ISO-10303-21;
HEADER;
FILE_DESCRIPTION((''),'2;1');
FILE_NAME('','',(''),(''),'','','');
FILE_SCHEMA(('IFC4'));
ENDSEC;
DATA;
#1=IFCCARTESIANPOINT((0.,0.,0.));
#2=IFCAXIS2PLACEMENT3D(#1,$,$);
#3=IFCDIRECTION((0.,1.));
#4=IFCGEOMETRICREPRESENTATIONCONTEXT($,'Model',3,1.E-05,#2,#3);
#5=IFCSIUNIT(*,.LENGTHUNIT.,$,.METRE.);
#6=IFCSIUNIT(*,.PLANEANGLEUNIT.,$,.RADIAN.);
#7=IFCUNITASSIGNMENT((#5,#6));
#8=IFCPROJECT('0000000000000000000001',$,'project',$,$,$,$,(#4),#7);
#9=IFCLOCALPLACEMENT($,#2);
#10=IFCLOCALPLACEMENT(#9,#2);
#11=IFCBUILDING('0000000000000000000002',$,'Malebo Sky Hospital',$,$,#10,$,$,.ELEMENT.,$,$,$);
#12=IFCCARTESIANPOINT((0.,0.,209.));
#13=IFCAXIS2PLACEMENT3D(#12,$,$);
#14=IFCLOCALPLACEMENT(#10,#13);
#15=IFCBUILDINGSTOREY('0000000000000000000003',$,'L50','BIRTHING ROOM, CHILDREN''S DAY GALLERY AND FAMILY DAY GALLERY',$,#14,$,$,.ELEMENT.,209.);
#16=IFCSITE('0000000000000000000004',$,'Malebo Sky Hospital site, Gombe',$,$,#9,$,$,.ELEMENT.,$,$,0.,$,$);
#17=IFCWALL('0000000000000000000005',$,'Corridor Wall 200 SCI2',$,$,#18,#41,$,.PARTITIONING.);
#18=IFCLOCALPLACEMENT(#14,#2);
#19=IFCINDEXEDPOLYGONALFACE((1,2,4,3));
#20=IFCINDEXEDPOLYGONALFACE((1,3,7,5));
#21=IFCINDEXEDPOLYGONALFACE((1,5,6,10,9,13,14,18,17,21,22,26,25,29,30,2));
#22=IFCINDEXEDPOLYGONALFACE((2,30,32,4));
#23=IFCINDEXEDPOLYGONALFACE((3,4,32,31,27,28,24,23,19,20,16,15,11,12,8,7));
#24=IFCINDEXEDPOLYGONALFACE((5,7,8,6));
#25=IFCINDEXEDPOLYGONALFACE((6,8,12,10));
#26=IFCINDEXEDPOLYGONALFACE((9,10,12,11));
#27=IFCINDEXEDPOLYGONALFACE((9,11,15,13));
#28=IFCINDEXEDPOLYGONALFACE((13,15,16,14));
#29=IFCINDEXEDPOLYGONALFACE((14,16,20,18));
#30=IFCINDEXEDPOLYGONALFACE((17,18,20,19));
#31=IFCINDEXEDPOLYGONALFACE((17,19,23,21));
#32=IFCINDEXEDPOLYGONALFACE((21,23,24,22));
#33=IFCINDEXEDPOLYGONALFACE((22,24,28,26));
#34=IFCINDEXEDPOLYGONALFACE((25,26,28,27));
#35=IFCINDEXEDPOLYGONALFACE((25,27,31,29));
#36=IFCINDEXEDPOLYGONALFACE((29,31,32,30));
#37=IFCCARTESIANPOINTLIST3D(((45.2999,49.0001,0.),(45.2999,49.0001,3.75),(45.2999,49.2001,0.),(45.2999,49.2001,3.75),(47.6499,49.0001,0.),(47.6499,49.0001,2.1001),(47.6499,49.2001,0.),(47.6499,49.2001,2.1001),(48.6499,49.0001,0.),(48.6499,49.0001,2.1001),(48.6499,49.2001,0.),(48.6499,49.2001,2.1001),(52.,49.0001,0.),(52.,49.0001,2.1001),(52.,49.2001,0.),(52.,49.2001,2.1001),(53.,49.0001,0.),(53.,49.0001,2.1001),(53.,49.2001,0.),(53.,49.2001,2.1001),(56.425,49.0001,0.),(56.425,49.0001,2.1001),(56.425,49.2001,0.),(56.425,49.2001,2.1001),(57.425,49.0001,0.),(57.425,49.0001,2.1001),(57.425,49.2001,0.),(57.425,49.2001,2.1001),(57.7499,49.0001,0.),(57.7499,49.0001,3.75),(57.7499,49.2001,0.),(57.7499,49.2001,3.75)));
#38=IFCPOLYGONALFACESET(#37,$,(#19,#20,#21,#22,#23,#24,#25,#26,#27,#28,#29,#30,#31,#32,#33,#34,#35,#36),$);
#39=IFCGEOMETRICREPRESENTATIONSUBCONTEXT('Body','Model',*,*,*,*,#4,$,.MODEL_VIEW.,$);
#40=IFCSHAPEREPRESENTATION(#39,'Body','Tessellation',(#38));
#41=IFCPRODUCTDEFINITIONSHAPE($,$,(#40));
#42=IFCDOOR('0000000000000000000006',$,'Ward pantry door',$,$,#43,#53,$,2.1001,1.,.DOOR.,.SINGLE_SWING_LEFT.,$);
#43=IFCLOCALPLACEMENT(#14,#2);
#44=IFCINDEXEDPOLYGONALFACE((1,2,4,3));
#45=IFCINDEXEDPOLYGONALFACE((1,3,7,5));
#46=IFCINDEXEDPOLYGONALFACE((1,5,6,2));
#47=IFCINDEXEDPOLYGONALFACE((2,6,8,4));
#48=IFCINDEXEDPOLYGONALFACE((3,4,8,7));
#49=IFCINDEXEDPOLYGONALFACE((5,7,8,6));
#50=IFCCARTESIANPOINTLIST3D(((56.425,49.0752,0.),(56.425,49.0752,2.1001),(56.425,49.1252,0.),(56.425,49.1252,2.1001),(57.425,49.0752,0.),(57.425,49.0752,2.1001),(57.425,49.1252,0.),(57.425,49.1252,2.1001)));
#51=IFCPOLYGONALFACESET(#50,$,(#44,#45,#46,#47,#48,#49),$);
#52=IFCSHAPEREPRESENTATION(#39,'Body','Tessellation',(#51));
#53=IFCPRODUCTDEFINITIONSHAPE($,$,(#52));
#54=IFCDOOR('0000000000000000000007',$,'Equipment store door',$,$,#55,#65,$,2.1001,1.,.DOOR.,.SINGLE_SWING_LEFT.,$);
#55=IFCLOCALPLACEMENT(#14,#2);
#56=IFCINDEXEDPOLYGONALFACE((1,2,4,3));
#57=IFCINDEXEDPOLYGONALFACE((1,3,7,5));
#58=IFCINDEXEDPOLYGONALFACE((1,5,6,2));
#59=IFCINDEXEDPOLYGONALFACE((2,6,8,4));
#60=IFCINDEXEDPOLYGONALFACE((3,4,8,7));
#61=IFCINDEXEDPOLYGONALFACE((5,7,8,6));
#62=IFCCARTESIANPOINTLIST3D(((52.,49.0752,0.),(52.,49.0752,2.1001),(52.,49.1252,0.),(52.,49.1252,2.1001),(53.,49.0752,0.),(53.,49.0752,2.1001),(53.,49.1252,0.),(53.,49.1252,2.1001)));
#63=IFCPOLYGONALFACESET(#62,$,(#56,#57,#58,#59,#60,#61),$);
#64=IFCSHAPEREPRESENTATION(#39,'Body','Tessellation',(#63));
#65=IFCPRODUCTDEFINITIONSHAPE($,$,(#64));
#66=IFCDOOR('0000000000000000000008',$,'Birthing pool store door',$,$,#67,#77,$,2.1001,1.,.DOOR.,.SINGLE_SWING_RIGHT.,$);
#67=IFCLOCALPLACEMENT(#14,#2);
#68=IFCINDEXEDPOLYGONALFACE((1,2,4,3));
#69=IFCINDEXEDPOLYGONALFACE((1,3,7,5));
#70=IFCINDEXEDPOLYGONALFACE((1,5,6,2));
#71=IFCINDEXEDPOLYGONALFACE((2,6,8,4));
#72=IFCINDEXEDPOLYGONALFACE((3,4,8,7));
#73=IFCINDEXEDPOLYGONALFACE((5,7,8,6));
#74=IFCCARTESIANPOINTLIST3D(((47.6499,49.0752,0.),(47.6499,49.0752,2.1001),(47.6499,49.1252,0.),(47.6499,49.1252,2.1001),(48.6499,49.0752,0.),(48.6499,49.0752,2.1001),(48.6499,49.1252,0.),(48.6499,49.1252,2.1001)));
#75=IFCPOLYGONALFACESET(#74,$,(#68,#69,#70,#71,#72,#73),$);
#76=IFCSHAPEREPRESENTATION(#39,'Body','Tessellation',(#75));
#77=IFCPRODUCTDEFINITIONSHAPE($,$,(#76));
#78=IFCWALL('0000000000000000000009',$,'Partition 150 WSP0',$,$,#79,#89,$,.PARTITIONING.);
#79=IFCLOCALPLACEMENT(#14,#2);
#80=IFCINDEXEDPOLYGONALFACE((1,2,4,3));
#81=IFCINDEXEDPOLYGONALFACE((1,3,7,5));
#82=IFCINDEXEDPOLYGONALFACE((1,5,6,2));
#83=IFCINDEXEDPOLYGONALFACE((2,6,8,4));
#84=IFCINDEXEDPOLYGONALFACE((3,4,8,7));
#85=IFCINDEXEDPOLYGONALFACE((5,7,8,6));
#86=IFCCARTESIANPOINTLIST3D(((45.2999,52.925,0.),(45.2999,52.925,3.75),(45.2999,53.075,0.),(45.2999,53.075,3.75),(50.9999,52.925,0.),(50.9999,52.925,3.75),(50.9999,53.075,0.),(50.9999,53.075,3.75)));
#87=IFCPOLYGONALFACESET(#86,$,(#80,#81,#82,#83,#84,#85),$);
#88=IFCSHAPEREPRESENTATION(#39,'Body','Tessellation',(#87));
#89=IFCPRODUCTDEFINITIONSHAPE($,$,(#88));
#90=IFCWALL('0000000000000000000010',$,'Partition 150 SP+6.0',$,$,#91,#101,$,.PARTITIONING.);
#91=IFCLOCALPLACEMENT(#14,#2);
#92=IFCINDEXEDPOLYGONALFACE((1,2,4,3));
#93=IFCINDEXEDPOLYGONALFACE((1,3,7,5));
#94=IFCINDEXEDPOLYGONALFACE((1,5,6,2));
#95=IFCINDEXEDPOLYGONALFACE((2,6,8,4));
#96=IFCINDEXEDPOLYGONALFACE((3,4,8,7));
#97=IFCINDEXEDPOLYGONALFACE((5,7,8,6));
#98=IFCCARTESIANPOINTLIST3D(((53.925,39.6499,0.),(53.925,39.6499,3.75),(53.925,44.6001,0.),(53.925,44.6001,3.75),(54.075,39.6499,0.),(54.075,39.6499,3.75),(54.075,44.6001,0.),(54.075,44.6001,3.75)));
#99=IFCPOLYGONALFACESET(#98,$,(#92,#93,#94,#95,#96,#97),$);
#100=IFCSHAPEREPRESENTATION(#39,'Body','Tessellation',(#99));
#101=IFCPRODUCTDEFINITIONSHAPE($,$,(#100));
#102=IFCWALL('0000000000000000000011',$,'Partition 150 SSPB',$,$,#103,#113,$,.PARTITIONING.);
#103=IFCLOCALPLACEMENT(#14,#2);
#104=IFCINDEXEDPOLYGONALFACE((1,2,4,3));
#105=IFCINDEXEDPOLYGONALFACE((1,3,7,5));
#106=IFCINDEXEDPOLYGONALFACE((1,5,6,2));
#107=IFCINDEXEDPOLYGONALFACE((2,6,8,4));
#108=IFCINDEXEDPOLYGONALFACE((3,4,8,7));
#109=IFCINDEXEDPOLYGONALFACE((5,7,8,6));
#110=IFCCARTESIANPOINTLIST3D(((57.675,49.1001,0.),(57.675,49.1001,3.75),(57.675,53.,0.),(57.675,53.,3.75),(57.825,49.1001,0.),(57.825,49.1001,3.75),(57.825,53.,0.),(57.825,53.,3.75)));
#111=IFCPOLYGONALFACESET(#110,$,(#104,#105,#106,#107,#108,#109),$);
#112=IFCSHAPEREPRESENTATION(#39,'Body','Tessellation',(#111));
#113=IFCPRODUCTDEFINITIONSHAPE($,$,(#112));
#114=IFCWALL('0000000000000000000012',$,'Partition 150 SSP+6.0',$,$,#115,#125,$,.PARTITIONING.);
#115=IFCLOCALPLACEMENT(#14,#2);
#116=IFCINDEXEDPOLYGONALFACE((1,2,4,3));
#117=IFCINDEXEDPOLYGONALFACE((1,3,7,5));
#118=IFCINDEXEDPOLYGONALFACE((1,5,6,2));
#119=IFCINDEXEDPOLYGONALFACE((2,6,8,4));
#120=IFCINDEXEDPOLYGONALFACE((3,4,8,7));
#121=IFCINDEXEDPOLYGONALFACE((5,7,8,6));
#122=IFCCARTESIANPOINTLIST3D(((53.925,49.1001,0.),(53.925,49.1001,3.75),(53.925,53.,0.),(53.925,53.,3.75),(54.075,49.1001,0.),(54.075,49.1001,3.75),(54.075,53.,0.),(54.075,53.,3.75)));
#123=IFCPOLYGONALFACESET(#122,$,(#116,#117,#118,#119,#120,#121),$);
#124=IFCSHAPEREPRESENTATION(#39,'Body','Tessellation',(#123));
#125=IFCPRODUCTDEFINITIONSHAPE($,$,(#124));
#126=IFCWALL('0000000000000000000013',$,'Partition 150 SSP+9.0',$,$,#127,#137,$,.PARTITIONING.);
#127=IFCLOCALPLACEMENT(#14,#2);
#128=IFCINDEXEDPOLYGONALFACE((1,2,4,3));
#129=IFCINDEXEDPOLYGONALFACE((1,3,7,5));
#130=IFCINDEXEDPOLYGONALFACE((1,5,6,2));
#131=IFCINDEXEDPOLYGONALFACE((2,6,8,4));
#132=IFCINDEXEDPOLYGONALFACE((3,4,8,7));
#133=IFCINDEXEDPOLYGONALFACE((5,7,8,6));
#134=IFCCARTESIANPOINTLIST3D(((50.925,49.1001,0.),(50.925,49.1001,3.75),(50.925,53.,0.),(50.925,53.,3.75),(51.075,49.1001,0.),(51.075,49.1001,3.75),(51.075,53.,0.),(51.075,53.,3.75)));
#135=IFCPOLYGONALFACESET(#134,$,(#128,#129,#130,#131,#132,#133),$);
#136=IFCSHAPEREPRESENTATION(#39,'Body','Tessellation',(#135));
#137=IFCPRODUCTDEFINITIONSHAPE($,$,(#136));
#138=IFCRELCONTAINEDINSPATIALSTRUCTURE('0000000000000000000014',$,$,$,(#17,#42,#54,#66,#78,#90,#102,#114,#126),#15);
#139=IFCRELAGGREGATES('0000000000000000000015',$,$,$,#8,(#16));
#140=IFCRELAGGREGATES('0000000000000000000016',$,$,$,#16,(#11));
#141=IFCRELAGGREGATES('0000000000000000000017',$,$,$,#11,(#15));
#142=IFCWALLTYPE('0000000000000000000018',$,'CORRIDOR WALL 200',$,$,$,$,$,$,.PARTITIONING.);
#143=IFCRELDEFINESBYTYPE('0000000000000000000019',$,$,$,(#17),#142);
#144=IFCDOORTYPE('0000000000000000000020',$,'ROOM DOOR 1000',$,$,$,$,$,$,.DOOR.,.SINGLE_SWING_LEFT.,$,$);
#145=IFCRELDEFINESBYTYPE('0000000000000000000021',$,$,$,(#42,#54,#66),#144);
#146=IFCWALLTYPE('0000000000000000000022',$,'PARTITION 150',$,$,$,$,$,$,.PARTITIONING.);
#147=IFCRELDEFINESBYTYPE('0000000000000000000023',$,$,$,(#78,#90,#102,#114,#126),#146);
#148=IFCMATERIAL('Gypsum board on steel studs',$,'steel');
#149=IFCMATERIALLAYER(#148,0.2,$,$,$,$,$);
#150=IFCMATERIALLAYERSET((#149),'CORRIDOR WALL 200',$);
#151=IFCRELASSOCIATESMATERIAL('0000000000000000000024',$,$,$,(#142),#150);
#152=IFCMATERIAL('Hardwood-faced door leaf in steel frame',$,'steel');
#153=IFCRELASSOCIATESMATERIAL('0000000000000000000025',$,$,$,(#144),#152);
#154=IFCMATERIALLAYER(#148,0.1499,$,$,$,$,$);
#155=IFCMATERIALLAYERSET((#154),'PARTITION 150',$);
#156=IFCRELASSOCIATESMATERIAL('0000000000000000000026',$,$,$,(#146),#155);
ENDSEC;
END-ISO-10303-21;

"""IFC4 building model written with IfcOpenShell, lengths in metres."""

from ifc_helpers import new_model, si_unit, direction, frame, frame_2d, origin, place, context, subcontext, project, spatial, rectangle, extrude, material, layer, layer_set, type_object, element, fill, save


model = new_model("IFC4")

# Units and contexts
model_context = context("Model", 3, precision=1e-05, world=origin(), true_north=direction((0.0, 1.0)))
body_context = subcontext(model_context, "Body", "Model", "MODEL_VIEW")
ifc_project = project(units=[si_unit("LENGTHUNIT", "METRE"), si_unit("PLANEANGLEUNIT", "RADIAN")], contexts=[model_context])

# Site, building, storey
site_placement = place(None, origin())
site = spatial("IfcSite", under=ifc_project, at=site_placement, Name="Malebo Sky Hospital site, Gombe", CompositionType="ELEMENT", RefElevation=0.0)
building_placement = place(site_placement, origin())
building = spatial("IfcBuilding", under=site, at=building_placement, Name="Malebo Sky Hospital", CompositionType="ELEMENT")
storey_placement = place(building_placement, frame((0.0, 0.0, 209.0)))
storey = spatial("IfcBuildingStorey", under=building, at=storey_placement, Name="L50", Description="BIRTHING ROOM, CHILDREN'S DAY GALLERY AND FAMILY DAY GALLERY", CompositionType="ELEMENT", Elevation=209.0)

# Shared definitions
ifc_material_1 = material(Name="Gypsum board on steel studs", Category="steel")
ifc_layer_1 = layer(ifc_material_1, 0.2)
ifc_layer_set_1 = layer_set([ifc_layer_1], Name="CORRIDOR WALL 200")
wall_type_1 = type_object("IfcWallType", Name="CORRIDOR WALL 200", PredefinedType="PARTITIONING", material=ifc_layer_set_1)
ifc_material_2 = material(Name="Hardwood-faced door leaf in steel frame", Category="steel")
door_type = type_object("IfcDoorType", Name="ROOM DOOR 1000", OperationType="SINGLE_SWING_LEFT", PredefinedType="DOOR", material=ifc_material_2)

# Wall, openings, doors
wall_1_placement = place(storey_placement, frame((57.75, 49.1001, 0.0), z_axis=(0.0, 0.0, 1.0), x_axis=(-1.0, 0.0, 0.0)))
wall_1 = element("IfcWall", 1, at=wall_1_placement, inside=storey, type_object=wall_type_1, Name="Corridor Wall 200 SCI2", PredefinedType="PARTITIONING", context=body_context, shape_type="SweptSolid", body=[
    extrude(rectangle(XDim=12.45, YDim=0.2, at=frame_2d((6.2251, 0.0))), origin(), (0.0, 0.0, 1.0), 3.75),
])
opening_1_placement = place(wall_1_placement, frame((0.325, 0.0, 0.0)))
opening_1 = element("IfcOpeningElement", 2, at=opening_1_placement, cuts=wall_1, PredefinedType="OPENING", context=body_context, shape_type="SweptSolid", body=[
    extrude(rectangle(XDim=1.0, YDim=2.1001, at=frame_2d((0.5, 1.05))), frame((0.0, 0.1099, 0.0), z_axis=(0.0, -1.0, 0.0), x_axis=(1.0, 0.0, 0.0)), (0.0, 0.0, 1.0), 0.22),
])
opening_2_placement = place(wall_1_placement, frame((4.75, 0.0, 0.0)))
opening_2 = element("IfcOpeningElement", 3, at=opening_2_placement, cuts=wall_1, PredefinedType="OPENING", context=body_context, shape_type="SweptSolid", body=[
    extrude(rectangle(XDim=1.0, YDim=2.1001, at=frame_2d((0.5, 1.05))), frame((0.0, 0.1099, 0.0), z_axis=(0.0, -1.0, 0.0), x_axis=(1.0, 0.0, 0.0)), (0.0, 0.0, 1.0), 0.22),
])
opening_3_placement = place(wall_1_placement, frame((9.1001, 0.0, 0.0)))
opening_3 = element("IfcOpeningElement", 4, at=opening_3_placement, cuts=wall_1, PredefinedType="OPENING", context=body_context, shape_type="SweptSolid", body=[
    extrude(rectangle(XDim=1.0, YDim=2.1001, at=frame_2d((0.5, 1.05))), frame((0.0, 0.1099, 0.0), z_axis=(0.0, -1.0, 0.0), x_axis=(1.0, 0.0, 0.0)), (0.0, 0.0, 1.0), 0.22),
])
door_1_placement = place(opening_1_placement, origin())
door_1 = element("IfcDoor", 5, at=door_1_placement, inside=storey, type_object=door_type, Name="Ward pantry door", OperationType="SINGLE_SWING_LEFT", OverallHeight=2.1001, OverallWidth=1.0, PredefinedType="DOOR", context=body_context, shape_type="SweptSolid", body=[
    extrude(rectangle(XDim=1.0, YDim=2.1001, at=frame_2d((0.5, 1.05))), frame((0.0, 0.0249, 0.0), z_axis=(0.0, -1.0, 0.0), x_axis=(1.0, 0.0, 0.0)), (0.0, 0.0, 1.0), 0.05),
])
fill(opening_1, door_1)
door_2_placement = place(opening_2_placement, origin())
door_2 = element("IfcDoor", 6, at=door_2_placement, inside=storey, type_object=door_type, Name="Equipment store door", OperationType="SINGLE_SWING_LEFT", OverallHeight=2.1001, OverallWidth=1.0, PredefinedType="DOOR", context=body_context, shape_type="SweptSolid", body=[
    extrude(rectangle(XDim=1.0, YDim=2.1001, at=frame_2d((0.5, 1.05))), frame((0.0, 0.0249, 0.0), z_axis=(0.0, -1.0, 0.0), x_axis=(1.0, 0.0, 0.0)), (0.0, 0.0, 1.0), 0.05),
])
fill(opening_2, door_2)
door_3_placement = place(opening_3_placement, origin())
door_3 = element("IfcDoor", 7, at=door_3_placement, inside=storey, type_object=door_type, Name="Birthing pool store door", OperationType="SINGLE_SWING_RIGHT", OverallHeight=2.1001, OverallWidth=1.0, PredefinedType="DOOR", context=body_context, shape_type="SweptSolid", body=[
    extrude(rectangle(XDim=1.0, YDim=2.1001, at=frame_2d((0.5, 1.05))), frame((0.0, 0.0249, 0.0), z_axis=(0.0, -1.0, 0.0), x_axis=(1.0, 0.0, 0.0)), (0.0, 0.0, 1.0), 0.05),
])
fill(opening_3, door_3)

# Walls
ifc_layer_2 = layer(ifc_material_1, 0.1499)
ifc_layer_set_2 = layer_set([ifc_layer_2], Name="PARTITION 150")
wall_type_2 = type_object("IfcWallType", Name="PARTITION 150", PredefinedType="PARTITIONING", material=ifc_layer_set_2)
wall_2_placement = place(storey_placement, frame((51.0, 53.0, 0.0), z_axis=(0.0, 0.0, 1.0), x_axis=(-1.0, 0.0, 0.0)))
element("IfcWall", 8, at=wall_2_placement, inside=storey, type_object=wall_type_2, Name="Partition 150 WSP0", PredefinedType="PARTITIONING", context=body_context, shape_type="SweptSolid", body=[
    extrude(rectangle(XDim=5.7, YDim=0.1499, at=frame_2d((2.8501, 0.0))), origin(), (0.0, 0.0, 1.0), 3.75),
])
wall_3_placement = place(storey_placement, frame((54.0, 44.6001, 0.0), z_axis=(0.0, 0.0, 1.0), x_axis=(0.0, -1.0, 0.0)))
element("IfcWall", 9, at=wall_3_placement, inside=storey, type_object=wall_type_2, Name="Partition 150 SP+6.0", PredefinedType="PARTITIONING", context=body_context, shape_type="SweptSolid", body=[
    extrude(rectangle(XDim=4.9502, YDim=0.1499, at=frame_2d((2.4751, 0.0))), origin(), (0.0, 0.0, 1.0), 3.75),
])
for number, where, z_axis, x_axis, name in (
    (10, (57.75, 53.0, 0.0), (0.0, 0.0, 1.0), (0.0, -1.0, 0.0), "Partition 150 SSPB"),
    (11, (54.0, 53.0, 0.0), (0.0, 0.0, 1.0), (0.0, -1.0, 0.0), "Partition 150 SSP+6.0"),
    (12, (51.0, 53.0, 0.0), (0.0, 0.0, 1.0), (0.0, -1.0, 0.0), "Partition 150 SSP+9.0"),
):
    element("IfcWall", number, at=place(storey_placement, frame(where, z_axis=z_axis, x_axis=x_axis)), inside=storey, type_object=wall_type_2, Name=name, PredefinedType="PARTITIONING", context=body_context, shape_type="SweptSolid", body=[
        extrude(rectangle(XDim=3.8999, YDim=0.1499, at=frame_2d((1.95, 0.0))), origin(), (0.0, 0.0, 1.0), 3.75),
    ])

save(model, "model.ifc")
